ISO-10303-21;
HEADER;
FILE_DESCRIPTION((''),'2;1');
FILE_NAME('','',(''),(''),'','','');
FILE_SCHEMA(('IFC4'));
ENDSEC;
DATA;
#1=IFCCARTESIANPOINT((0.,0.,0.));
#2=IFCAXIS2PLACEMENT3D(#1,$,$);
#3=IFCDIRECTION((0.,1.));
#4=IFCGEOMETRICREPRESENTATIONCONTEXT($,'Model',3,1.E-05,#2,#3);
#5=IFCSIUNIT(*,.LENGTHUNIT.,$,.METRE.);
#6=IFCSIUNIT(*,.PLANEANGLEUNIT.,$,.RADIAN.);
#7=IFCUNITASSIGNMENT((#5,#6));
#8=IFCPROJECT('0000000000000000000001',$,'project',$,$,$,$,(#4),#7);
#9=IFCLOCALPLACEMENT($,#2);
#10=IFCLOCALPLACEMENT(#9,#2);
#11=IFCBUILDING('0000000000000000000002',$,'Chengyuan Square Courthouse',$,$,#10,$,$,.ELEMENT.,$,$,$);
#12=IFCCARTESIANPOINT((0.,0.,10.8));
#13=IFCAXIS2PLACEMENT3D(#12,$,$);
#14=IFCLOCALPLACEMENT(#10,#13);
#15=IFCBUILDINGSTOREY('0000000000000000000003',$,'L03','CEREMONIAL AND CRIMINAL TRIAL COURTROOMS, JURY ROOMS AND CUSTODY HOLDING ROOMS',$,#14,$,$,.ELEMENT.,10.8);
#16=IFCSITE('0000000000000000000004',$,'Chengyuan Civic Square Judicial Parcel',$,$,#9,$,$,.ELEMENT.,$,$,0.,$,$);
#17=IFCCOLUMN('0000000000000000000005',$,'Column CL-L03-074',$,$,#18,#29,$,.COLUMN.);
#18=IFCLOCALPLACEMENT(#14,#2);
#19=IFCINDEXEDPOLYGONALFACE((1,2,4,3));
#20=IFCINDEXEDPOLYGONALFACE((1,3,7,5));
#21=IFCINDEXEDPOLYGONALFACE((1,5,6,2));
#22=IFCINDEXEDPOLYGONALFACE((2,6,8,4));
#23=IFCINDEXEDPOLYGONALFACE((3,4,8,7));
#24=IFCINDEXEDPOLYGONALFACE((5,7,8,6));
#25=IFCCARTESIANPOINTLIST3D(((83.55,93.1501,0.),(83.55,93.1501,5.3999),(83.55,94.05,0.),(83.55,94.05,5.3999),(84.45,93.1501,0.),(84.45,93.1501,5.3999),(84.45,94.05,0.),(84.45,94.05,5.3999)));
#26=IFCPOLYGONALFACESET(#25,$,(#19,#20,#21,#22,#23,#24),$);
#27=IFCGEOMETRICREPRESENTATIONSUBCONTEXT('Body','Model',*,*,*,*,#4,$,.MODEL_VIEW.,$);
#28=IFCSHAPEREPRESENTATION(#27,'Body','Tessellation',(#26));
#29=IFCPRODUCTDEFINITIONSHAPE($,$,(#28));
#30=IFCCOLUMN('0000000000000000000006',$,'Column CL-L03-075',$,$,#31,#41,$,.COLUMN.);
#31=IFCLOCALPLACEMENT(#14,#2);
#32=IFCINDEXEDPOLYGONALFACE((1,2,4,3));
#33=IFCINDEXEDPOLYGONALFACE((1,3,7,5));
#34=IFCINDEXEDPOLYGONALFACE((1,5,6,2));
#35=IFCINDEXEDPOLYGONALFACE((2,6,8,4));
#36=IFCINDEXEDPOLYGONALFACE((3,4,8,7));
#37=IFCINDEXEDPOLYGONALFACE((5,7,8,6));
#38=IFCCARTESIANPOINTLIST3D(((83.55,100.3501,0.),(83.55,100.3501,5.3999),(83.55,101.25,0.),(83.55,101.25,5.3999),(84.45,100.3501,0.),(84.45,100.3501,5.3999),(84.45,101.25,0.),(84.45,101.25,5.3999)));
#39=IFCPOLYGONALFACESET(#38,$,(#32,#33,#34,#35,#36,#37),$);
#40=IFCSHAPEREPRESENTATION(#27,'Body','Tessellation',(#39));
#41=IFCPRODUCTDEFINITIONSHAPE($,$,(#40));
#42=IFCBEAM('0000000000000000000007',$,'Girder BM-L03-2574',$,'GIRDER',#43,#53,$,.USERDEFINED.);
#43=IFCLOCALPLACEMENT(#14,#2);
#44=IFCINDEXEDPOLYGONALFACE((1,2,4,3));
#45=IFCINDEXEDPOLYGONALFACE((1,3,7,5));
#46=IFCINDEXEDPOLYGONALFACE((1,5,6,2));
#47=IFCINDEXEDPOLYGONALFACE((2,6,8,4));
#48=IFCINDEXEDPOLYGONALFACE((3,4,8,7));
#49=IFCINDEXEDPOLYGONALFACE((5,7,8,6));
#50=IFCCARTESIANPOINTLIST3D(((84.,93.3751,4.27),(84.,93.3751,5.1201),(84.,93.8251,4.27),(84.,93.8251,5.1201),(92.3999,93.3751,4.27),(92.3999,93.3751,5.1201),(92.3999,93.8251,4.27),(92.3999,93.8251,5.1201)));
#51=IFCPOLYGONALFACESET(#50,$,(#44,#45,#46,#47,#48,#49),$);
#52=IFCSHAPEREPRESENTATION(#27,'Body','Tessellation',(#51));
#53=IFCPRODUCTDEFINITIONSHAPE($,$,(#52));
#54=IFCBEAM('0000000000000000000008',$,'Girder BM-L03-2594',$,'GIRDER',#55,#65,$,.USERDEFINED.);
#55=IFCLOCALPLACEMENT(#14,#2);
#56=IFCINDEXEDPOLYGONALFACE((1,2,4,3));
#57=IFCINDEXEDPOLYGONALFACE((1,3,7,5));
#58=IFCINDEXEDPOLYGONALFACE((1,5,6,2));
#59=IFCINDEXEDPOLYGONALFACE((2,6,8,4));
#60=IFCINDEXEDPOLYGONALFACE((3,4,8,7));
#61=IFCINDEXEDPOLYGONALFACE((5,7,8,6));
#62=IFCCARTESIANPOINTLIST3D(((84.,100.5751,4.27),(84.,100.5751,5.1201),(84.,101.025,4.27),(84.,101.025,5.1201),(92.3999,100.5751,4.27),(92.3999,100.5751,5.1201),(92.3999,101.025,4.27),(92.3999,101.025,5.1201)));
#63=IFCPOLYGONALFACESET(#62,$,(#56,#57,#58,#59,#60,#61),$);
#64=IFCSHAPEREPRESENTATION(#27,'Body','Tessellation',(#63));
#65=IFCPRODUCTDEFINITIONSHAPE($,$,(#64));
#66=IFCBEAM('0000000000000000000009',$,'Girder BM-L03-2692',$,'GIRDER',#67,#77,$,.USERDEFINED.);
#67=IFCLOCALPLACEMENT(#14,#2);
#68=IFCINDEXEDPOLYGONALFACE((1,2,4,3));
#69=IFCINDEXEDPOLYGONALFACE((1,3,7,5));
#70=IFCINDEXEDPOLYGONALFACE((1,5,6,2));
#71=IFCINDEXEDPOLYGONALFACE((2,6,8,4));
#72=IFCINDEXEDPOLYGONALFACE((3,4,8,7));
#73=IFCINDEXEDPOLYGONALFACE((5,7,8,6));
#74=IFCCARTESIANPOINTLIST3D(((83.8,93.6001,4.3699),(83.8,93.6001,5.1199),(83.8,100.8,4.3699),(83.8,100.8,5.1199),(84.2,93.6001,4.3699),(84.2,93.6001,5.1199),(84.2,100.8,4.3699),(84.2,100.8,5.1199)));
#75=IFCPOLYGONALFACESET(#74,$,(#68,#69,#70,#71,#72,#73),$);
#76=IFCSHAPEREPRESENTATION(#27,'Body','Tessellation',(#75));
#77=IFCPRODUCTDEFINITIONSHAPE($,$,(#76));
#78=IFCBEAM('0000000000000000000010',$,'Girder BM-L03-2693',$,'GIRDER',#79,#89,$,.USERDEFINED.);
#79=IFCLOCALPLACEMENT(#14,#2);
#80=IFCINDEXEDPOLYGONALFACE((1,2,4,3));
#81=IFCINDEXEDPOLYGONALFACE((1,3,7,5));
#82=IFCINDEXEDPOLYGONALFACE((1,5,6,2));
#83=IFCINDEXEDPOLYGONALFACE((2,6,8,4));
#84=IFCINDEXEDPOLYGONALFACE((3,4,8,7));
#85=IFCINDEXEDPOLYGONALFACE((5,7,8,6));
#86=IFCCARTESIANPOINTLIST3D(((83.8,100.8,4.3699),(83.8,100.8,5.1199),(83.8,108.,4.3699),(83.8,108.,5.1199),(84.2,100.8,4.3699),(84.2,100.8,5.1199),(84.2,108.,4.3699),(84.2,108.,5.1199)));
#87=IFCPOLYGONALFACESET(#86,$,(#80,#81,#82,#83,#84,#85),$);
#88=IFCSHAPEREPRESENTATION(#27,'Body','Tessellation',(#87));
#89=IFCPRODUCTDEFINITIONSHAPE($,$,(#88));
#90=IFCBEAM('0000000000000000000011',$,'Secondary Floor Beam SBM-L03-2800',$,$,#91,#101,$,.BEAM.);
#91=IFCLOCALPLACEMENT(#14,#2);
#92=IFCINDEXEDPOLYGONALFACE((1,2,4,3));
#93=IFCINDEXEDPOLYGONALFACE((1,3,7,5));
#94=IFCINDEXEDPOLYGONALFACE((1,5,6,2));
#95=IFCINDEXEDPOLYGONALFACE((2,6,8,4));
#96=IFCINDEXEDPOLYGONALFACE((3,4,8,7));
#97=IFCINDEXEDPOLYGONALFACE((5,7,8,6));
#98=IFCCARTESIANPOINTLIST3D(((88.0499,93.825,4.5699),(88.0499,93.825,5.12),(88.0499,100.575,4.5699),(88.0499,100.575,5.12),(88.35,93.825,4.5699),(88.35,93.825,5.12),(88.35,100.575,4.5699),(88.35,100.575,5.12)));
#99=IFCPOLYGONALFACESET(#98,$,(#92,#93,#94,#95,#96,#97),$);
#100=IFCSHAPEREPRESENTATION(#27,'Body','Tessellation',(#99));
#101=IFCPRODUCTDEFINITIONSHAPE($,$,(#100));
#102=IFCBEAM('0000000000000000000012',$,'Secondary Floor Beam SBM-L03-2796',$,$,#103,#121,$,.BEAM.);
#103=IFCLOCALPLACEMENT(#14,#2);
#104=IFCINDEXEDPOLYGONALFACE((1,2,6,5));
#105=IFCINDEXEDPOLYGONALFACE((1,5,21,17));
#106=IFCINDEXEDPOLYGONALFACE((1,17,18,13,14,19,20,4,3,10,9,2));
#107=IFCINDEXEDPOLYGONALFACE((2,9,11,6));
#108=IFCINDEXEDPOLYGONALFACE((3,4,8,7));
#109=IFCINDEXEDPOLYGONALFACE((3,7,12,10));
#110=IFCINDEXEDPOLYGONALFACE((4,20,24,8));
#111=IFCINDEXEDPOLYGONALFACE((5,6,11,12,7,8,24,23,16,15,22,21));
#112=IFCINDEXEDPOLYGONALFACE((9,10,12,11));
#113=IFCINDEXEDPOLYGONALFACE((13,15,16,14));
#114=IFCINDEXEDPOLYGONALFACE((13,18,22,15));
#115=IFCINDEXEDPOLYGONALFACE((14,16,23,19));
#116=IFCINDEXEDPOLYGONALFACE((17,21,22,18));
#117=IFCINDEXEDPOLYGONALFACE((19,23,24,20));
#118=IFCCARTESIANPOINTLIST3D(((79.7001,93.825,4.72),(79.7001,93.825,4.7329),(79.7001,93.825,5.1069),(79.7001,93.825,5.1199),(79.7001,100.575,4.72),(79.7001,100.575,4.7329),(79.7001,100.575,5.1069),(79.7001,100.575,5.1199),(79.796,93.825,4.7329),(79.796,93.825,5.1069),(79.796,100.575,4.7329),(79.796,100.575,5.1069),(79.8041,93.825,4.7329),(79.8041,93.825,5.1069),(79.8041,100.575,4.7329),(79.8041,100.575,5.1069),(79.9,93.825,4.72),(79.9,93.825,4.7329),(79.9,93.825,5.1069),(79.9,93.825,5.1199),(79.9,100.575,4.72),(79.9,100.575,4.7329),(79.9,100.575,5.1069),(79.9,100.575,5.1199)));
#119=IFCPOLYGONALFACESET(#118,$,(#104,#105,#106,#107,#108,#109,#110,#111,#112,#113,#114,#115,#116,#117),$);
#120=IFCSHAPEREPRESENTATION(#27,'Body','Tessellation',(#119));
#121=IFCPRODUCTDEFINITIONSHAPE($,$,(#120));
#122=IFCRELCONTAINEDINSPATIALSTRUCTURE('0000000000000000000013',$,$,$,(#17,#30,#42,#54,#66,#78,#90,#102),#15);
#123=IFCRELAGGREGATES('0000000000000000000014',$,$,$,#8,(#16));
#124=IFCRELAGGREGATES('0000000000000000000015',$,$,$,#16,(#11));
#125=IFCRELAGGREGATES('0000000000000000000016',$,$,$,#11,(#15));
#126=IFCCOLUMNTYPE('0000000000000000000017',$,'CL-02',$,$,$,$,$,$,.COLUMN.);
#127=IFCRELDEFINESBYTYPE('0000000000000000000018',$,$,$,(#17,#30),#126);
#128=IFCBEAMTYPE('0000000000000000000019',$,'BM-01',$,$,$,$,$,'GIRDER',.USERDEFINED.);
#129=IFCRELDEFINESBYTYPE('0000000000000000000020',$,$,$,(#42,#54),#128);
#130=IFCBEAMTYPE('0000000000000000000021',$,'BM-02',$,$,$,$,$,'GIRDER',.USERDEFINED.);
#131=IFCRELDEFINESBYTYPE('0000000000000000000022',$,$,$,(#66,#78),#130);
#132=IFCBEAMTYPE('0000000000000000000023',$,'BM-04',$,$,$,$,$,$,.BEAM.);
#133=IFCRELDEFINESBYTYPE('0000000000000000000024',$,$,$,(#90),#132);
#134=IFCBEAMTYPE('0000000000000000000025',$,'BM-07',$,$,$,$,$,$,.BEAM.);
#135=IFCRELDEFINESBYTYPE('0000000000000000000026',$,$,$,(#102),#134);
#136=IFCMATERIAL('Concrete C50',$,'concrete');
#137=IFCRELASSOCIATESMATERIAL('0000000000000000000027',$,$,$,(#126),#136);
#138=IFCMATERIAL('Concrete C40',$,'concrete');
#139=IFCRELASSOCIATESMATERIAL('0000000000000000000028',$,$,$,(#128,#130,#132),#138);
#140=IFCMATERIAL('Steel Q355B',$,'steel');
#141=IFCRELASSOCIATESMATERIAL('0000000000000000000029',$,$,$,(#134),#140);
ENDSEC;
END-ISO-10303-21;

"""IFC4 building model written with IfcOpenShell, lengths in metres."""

from ifc_helpers import new_model, si_unit, direction, frame, origin, origin_2d, place, context, subcontext, project, spatial, rectangle, i_section, extrude, material, material_profile, profile_set, type_object, element, save


model = new_model("IFC4")

# Units and contexts
model_context = context("Model", 3, precision=1e-05, world=origin(), true_north=direction((0.0, 1.0)))
body_context = subcontext(model_context, "Body", "Model", "MODEL_VIEW")
ifc_project = project(units=[si_unit("LENGTHUNIT", "METRE"), si_unit("PLANEANGLEUNIT", "RADIAN")], contexts=[model_context])

# Site, building, storey
site_placement = place(None, origin())
site = spatial("IfcSite", under=ifc_project, at=site_placement, Name="Chengyuan Civic Square Judicial Parcel", CompositionType="ELEMENT", RefElevation=0.0)
building_placement = place(site_placement, origin())
building = spatial("IfcBuilding", under=site, at=building_placement, Name="Chengyuan Square Courthouse", CompositionType="ELEMENT")
storey_placement = place(building_placement, frame((0.0, 0.0, 10.8)))
storey = spatial("IfcBuildingStorey", under=building, at=storey_placement, Name="L03", Description="CEREMONIAL AND CRIMINAL TRIAL COURTROOMS, JURY ROOMS AND CUSTODY HOLDING ROOMS", CompositionType="ELEMENT", Elevation=10.8)

# Columns
ifc_material_1 = material(Name="Concrete C50", Category="concrete")
ifc_material_profile_1 = material_profile(ifc_material_1, rectangle(XDim=0.8999, YDim=0.8999, at=origin_2d()), Name="RC-COL-900x900")
ifc_profile_set_1 = profile_set([ifc_material_profile_1], Name="Concrete C50")
column_type = type_object("IfcColumnType", Name="CL-02", PredefinedType="COLUMN", material=ifc_profile_set_1)
for number, where, z_axis, x_axis, name in (
    (1, (84.0, 93.6001, 0.0), (0.0, 0.0, 1.0), (1.0, 0.0, 0.0), "Column CL-L03-074"),
    (2, (84.0, 100.8, 0.0), (0.0, 0.0, 1.0), (1.0, 0.0, 0.0), "Column CL-L03-075"),
):
    element("IfcColumn", number, at=place(storey_placement, frame(where, z_axis=z_axis, x_axis=x_axis)), inside=storey, type_object=column_type, Name=name, PredefinedType="COLUMN", context=body_context, shape_type="SweptSolid", body=[
        extrude(rectangle(XDim=0.8999, YDim=0.8999, at=origin_2d()), origin(), (0.0, 0.0, 1.0), 5.3999),
    ])

# Beams
ifc_material_2 = material(Name="Concrete C40", Category="concrete")
ifc_material_profile_2 = material_profile(ifc_material_2, rectangle(XDim=0.45, YDim=0.8501, at=origin_2d()), Name="RC-BM-450x850")
ifc_profile_set_2 = profile_set([ifc_material_profile_2], Name="Concrete C40")
beam_type_1 = type_object("IfcBeamType", Name="BM-01", ElementType="GIRDER", PredefinedType="USERDEFINED", material=ifc_profile_set_2)
for number, where, z_axis, x_axis, name in (
    (3, (84.0, 93.6001, 4.6951), (1.0, 0.0, 0.0), (0.0, 1.0, 0.0), "Girder BM-L03-2574"),
    (4, (84.0, 100.8, 4.6951), (1.0, 0.0, 0.0), (0.0, 1.0, 0.0), "Girder BM-L03-2594"),
):
    element("IfcBeam", number, at=place(storey_placement, frame(where, z_axis=z_axis, x_axis=x_axis)), inside=storey, type_object=beam_type_1, Name=name, ObjectType="GIRDER", PredefinedType="USERDEFINED", context=body_context, shape_type="SweptSolid", body=[
        extrude(rectangle(XDim=0.45, YDim=0.8501, at=origin_2d()), origin(), (0.0, 0.0, 1.0), 8.3999),
    ])
ifc_material_profile_3 = material_profile(ifc_material_2, rectangle(XDim=0.3999, YDim=0.75, at=origin_2d()), Name="RC-BM-400x750")
ifc_profile_set_3 = profile_set([ifc_material_profile_3], Name="Concrete C40")
beam_type_2 = type_object("IfcBeamType", Name="BM-02", ElementType="GIRDER", PredefinedType="USERDEFINED", material=ifc_profile_set_3)
for number, where, z_axis, x_axis, name in (
    (5, (84.0, 93.6001, 4.7449), (0.0, 1.0, 0.0), (-1.0, 0.0, 0.0), "Girder BM-L03-2692"),
    (6, (84.0, 100.8, 4.7449), (0.0, 1.0, 0.0), (-1.0, 0.0, 0.0), "Girder BM-L03-2693"),
):
    element("IfcBeam", number, at=place(storey_placement, frame(where, z_axis=z_axis, x_axis=x_axis)), inside=storey, type_object=beam_type_2, Name=name, ObjectType="GIRDER", PredefinedType="USERDEFINED", context=body_context, shape_type="SweptSolid", body=[
        extrude(rectangle(XDim=0.3999, YDim=0.75, at=origin_2d()), origin(), (0.0, 0.0, 1.0), 7.2),
    ])
ifc_material_profile_4 = material_profile(ifc_material_2, rectangle(XDim=0.3, YDim=0.55, at=origin_2d()), Name="RC-BM-300x550")
ifc_profile_set_4 = profile_set([ifc_material_profile_4], Name="Concrete C40")
beam_type_3 = type_object("IfcBeamType", Name="BM-04", PredefinedType="BEAM", material=ifc_profile_set_4)
beam_1_placement = place(storey_placement, frame((88.2, 93.825, 4.845), z_axis=(0.0, 1.0, 0.0), x_axis=(-1.0, 0.0, 0.0)))
element("IfcBeam", 7, at=beam_1_placement, inside=storey, type_object=beam_type_3, Name="Secondary Floor Beam SBM-L03-2800", PredefinedType="BEAM", context=body_context, shape_type="SweptSolid", body=[
    extrude(rectangle(XDim=0.3, YDim=0.55, at=origin_2d()), origin(), (0.0, 0.0, 1.0), 6.75),
])
ifc_material_3 = material(Name="Steel Q355B", Category="steel")
ifc_material_profile_5 = material_profile(ifc_material_3, i_section(OverallWidth=0.2, OverallDepth=0.3999, WebThickness=0.0081, FlangeThickness=0.0129, at=origin_2d()), Name="HN 400x200x8x13")
ifc_profile_set_5 = profile_set([ifc_material_profile_5], Name="Steel Q355B")
beam_type_4 = type_object("IfcBeamType", Name="BM-07", PredefinedType="BEAM", material=ifc_profile_set_5)
beam_2_placement = place(storey_placement, frame((79.8, 93.825, 4.9199), z_axis=(0.0, 1.0, 0.0), x_axis=(-1.0, 0.0, 0.0)))
element("IfcBeam", 8, at=beam_2_placement, inside=storey, type_object=beam_type_4, Name="Secondary Floor Beam SBM-L03-2796", PredefinedType="BEAM", context=body_context, shape_type="SweptSolid", body=[
    extrude(i_section(OverallWidth=0.2, OverallDepth=0.3999, WebThickness=0.0081, FlangeThickness=0.0129, at=origin_2d()), origin(), (0.0, 0.0, 1.0), 6.75),
])

save(model, "model.ifc")
